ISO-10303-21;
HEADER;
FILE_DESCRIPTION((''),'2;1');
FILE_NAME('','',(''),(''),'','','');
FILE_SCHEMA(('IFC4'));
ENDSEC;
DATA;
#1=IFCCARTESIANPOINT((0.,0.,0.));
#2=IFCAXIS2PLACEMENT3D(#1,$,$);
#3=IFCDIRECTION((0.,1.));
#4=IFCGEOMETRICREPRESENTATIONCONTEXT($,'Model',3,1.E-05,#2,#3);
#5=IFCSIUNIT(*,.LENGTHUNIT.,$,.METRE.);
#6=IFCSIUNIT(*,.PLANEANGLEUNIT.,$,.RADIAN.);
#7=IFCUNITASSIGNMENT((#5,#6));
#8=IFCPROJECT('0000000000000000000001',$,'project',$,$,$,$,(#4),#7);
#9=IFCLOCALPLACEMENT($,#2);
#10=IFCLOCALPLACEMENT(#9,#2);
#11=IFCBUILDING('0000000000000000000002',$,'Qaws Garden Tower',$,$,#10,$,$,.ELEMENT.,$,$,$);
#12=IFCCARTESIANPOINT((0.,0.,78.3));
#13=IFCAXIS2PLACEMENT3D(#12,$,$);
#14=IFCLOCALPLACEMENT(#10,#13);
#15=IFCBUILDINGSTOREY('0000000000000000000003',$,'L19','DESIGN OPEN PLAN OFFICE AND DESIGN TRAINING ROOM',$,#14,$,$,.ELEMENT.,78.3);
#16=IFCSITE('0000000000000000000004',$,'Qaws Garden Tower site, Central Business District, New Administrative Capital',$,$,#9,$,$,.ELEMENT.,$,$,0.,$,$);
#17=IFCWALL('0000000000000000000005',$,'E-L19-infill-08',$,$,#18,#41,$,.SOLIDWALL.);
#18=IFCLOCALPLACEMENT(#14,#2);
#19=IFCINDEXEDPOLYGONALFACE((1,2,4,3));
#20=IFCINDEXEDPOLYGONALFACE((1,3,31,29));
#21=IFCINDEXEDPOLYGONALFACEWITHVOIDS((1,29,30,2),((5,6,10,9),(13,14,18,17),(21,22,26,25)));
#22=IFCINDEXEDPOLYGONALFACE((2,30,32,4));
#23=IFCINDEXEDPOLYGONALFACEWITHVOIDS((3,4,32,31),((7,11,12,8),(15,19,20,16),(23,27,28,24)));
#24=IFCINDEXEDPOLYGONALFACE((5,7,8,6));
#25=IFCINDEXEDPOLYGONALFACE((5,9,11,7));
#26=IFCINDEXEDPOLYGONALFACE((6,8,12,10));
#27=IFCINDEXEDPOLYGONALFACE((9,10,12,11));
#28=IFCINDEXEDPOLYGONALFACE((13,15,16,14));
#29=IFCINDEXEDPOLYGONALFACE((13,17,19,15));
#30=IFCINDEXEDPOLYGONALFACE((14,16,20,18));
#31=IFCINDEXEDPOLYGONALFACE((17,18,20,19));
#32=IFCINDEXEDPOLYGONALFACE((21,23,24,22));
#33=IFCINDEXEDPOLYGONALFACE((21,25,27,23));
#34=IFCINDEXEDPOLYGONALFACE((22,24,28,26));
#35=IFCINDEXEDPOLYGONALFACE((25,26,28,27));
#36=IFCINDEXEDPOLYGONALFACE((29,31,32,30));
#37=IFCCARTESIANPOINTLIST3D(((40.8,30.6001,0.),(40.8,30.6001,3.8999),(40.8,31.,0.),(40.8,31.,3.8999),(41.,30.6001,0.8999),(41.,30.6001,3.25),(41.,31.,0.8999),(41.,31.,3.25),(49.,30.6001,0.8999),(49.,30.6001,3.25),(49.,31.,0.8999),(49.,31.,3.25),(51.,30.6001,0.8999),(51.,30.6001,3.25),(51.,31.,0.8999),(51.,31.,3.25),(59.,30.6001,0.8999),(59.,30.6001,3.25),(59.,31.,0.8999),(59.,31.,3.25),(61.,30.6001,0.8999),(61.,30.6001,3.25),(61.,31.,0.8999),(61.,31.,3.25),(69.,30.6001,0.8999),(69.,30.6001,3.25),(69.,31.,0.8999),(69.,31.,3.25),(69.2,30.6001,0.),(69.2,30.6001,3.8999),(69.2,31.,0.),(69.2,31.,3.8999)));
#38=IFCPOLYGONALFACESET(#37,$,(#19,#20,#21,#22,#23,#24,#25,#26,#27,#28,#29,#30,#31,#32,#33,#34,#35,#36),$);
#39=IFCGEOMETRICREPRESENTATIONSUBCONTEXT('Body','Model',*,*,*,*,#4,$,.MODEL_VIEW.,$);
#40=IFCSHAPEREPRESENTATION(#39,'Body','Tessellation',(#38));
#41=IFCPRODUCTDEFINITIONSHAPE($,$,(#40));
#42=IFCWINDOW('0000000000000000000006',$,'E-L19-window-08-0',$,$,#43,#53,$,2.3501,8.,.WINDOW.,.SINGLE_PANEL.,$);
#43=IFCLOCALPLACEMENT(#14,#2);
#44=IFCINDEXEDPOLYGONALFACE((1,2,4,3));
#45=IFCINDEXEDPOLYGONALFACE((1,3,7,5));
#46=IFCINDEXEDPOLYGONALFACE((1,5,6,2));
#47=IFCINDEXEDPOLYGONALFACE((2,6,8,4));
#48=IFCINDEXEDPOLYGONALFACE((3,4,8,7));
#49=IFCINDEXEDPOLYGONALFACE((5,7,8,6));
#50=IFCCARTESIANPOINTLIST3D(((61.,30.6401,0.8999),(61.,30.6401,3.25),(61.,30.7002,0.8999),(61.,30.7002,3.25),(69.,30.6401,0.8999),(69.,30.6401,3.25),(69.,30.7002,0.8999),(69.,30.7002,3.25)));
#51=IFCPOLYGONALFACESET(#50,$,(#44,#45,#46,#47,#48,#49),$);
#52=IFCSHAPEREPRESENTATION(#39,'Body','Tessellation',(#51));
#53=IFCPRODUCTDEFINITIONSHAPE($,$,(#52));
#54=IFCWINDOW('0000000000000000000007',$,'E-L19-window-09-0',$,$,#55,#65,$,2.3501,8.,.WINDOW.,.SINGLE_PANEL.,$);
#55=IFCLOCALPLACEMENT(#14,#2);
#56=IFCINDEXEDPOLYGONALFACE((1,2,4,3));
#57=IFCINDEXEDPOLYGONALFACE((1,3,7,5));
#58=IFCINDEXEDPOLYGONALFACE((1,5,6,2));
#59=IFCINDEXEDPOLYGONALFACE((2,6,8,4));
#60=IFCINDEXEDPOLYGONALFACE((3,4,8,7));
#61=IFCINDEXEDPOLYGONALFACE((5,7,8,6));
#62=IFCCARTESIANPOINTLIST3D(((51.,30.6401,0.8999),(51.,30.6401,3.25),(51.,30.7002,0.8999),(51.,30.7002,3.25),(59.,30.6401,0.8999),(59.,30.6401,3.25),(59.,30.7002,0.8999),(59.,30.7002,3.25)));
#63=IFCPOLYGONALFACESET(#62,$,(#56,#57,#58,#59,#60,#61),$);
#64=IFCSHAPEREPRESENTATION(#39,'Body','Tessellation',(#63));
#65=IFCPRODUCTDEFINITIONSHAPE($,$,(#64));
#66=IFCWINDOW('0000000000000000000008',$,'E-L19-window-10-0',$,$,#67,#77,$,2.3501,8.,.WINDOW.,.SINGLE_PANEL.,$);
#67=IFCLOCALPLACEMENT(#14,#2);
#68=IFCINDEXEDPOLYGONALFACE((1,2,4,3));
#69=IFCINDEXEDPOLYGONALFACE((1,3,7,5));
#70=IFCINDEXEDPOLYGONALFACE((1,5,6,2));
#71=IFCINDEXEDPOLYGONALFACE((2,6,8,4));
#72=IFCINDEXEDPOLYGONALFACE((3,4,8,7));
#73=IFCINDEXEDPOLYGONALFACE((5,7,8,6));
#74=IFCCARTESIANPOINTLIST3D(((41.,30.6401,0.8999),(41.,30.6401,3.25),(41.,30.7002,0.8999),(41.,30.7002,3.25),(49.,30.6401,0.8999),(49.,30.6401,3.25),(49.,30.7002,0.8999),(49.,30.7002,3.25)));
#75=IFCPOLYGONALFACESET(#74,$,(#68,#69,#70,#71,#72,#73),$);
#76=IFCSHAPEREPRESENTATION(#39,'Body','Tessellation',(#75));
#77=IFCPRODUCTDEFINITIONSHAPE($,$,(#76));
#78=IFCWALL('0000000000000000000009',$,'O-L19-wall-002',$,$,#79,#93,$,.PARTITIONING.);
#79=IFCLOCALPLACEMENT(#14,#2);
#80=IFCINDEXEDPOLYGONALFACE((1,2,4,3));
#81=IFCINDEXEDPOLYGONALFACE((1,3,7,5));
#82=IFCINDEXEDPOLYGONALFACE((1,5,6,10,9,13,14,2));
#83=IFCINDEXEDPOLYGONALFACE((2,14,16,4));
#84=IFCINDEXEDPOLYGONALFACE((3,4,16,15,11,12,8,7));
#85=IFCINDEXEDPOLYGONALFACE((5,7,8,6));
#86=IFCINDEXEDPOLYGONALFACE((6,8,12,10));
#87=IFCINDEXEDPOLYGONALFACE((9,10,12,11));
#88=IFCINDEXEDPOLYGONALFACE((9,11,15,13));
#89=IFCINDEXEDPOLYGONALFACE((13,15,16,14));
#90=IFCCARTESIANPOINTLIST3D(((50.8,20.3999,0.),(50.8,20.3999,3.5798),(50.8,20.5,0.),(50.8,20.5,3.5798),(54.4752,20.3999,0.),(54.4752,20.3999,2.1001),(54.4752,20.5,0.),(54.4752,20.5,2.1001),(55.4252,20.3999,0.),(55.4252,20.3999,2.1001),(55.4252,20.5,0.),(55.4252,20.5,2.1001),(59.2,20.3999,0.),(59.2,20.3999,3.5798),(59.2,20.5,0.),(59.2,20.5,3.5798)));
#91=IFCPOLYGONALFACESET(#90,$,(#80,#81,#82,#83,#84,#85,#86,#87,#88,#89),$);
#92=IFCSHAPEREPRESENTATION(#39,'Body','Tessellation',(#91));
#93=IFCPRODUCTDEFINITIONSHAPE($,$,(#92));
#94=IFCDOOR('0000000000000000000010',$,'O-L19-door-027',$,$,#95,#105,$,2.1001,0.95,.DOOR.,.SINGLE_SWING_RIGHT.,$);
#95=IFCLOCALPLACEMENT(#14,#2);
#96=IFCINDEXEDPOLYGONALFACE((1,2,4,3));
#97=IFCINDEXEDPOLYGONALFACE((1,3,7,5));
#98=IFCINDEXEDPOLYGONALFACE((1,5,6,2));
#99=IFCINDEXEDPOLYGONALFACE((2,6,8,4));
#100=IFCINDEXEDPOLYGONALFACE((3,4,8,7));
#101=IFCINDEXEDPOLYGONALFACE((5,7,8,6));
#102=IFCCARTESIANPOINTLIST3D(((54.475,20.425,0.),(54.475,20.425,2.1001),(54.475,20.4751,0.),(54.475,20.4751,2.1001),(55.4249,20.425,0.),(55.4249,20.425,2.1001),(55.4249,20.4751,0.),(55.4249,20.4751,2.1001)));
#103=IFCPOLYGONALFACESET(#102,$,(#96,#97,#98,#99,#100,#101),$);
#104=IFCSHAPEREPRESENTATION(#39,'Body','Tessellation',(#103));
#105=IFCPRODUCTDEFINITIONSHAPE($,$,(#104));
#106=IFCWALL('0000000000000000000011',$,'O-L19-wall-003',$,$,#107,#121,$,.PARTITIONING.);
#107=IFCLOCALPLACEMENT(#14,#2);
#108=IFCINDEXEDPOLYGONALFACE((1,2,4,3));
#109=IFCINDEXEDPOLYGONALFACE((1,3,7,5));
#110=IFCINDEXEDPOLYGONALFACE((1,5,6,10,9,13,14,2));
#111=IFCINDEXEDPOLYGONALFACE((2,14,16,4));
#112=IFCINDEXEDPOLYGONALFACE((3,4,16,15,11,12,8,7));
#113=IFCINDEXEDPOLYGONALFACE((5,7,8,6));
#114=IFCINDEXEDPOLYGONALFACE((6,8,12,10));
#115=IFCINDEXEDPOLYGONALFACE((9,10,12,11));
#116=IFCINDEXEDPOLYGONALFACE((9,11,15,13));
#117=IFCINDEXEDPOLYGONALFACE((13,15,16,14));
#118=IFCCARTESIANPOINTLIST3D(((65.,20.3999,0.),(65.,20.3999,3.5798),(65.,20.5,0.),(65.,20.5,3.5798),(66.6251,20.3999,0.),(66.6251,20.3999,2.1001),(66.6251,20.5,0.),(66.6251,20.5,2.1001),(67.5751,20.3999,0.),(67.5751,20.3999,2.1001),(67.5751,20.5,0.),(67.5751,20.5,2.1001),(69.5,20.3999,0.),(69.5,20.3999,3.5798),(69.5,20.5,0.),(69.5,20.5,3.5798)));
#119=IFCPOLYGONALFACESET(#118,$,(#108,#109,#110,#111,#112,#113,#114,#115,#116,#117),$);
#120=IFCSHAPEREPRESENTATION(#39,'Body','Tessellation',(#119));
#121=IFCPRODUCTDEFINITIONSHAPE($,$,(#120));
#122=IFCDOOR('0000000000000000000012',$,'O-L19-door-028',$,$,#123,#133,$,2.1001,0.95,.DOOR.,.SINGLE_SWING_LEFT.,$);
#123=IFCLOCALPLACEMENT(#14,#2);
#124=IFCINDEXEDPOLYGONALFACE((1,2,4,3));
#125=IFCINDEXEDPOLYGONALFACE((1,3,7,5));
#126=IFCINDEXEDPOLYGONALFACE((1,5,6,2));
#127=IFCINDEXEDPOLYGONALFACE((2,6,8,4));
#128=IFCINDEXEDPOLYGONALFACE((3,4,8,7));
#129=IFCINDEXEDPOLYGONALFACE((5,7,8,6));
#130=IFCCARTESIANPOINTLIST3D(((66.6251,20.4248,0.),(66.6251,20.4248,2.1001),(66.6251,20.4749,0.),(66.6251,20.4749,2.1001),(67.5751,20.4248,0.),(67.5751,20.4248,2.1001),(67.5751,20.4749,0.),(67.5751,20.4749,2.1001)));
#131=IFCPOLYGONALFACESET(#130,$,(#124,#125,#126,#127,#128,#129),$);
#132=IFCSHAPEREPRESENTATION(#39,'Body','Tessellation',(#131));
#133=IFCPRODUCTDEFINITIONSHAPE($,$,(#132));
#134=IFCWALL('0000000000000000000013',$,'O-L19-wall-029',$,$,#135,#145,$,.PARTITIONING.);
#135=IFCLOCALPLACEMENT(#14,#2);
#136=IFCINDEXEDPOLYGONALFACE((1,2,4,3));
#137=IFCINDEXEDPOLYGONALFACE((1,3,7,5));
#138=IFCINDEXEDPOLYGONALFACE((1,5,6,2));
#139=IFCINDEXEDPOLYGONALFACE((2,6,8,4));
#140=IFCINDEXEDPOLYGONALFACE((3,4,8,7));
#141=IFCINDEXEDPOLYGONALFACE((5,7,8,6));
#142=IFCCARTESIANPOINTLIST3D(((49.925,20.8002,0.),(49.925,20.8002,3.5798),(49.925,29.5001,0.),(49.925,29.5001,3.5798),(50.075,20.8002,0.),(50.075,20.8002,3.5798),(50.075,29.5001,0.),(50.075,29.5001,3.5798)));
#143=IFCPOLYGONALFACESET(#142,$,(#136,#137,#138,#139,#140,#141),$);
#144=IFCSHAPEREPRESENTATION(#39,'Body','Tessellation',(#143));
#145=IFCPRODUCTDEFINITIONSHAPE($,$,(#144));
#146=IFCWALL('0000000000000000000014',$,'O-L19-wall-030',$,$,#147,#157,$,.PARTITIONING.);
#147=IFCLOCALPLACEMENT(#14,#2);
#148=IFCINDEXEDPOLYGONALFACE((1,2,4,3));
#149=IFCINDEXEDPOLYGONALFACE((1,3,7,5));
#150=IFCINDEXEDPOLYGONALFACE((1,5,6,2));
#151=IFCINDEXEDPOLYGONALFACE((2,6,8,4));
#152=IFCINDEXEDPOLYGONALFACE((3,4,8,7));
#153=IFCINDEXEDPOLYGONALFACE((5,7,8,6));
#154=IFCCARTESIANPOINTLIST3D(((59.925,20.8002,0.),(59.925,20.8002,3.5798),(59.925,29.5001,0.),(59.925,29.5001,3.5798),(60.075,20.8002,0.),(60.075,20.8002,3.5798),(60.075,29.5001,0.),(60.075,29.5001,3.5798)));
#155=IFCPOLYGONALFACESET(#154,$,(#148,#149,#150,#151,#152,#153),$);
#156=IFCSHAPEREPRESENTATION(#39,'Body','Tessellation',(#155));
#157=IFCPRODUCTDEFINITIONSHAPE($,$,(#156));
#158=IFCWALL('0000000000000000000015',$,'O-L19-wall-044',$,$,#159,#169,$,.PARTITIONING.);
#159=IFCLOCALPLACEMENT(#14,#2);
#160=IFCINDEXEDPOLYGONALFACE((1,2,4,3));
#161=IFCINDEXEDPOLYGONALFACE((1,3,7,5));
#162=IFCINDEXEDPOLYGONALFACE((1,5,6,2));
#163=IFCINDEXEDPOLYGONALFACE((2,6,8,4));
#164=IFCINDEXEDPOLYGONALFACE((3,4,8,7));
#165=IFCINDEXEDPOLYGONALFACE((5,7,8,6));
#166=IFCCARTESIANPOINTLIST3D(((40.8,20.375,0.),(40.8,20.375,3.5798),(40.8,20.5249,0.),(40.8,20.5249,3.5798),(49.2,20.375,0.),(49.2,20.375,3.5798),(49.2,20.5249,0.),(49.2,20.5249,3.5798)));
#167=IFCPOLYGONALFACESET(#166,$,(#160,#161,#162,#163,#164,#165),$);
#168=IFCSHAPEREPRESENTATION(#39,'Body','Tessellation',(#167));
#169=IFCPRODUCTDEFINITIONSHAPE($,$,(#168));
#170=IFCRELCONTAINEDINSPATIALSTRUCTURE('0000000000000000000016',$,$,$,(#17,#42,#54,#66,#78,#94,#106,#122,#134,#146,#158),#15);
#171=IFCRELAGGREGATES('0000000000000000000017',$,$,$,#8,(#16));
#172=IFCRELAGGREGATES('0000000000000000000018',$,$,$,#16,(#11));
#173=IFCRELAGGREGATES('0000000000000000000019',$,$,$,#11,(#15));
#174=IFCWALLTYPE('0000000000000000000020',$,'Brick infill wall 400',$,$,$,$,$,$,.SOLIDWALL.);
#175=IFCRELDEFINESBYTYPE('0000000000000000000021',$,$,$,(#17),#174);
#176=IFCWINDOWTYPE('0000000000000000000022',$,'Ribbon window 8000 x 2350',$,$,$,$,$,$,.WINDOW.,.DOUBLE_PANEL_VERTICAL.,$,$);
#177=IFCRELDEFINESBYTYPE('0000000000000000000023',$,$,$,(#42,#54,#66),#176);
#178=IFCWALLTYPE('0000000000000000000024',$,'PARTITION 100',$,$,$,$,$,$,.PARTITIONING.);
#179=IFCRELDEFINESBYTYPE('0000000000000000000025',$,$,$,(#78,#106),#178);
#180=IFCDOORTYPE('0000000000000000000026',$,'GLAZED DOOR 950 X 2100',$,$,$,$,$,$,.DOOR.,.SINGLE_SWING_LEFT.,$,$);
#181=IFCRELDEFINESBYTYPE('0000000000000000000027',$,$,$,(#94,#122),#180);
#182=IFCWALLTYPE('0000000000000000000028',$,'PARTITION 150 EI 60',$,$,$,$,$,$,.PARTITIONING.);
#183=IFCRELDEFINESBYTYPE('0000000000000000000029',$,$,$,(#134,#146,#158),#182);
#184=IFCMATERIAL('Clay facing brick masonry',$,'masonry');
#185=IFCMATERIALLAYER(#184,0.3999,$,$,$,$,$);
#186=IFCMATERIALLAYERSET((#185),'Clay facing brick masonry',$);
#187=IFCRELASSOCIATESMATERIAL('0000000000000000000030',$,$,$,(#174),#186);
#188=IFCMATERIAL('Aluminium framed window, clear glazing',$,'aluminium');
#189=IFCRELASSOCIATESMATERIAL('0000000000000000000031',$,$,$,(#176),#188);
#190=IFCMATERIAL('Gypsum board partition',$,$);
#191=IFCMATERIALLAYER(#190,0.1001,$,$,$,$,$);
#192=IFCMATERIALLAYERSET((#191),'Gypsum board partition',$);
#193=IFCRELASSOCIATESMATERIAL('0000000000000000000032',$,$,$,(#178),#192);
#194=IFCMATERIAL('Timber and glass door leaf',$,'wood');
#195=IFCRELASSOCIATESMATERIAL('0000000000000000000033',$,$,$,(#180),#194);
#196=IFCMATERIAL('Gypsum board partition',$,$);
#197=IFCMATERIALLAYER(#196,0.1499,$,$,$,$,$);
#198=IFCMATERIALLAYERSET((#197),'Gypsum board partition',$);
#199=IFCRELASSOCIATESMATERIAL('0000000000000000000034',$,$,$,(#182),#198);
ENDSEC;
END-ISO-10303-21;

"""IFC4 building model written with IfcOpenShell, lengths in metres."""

from ifc_helpers import new_model, si_unit, direction, frame, frame_2d, origin, place, context, subcontext, project, spatial, rectangle, extrude, material, layer, layer_set, type_object, element, fill, save


model = new_model("IFC4")

# Units and contexts
model_context = context("Model", 3, precision=1e-05, world=origin(), true_north=direction((0.0, 1.0)))
body_context = subcontext(model_context, "Body", "Model", "MODEL_VIEW")
ifc_project = project(units=[si_unit("LENGTHUNIT", "METRE"), si_unit("PLANEANGLEUNIT", "RADIAN")], contexts=[model_context])

# Site, building, storey
site_placement = place(None, origin())
site = spatial("IfcSite", under=ifc_project, at=site_placement, Name="Qaws Garden Tower site, Central Business District, New Administrative Capital", CompositionType="ELEMENT", RefElevation=0.0)
building_placement = place(site_placement, origin())
building = spatial("IfcBuilding", under=site, at=building_placement, Name="Qaws Garden Tower", CompositionType="ELEMENT")
storey_placement = place(building_placement, frame((0.0, 0.0, 78.3)))
storey = spatial("IfcBuildingStorey", under=building, at=storey_placement, Name="L19", Description="DESIGN OPEN PLAN OFFICE AND DESIGN TRAINING ROOM", CompositionType="ELEMENT", Elevation=78.3)

# Wall, openings, windows
ifc_material_1 = material(Name="Clay facing brick masonry", Category="masonry")
ifc_layer_1 = layer(ifc_material_1, 0.3999)
ifc_layer_set_1 = layer_set([ifc_layer_1], Name="Clay facing brick masonry")
wall_type_1 = type_object("IfcWallType", Name="Brick infill wall 400", PredefinedType="SOLIDWALL", material=ifc_layer_set_1)
wall_1_placement = place(storey_placement, frame((69.2, 30.8, 0.0), z_axis=(0.0, 0.0, 1.0), x_axis=(-1.0, 0.0, 0.0)))
wall_1 = element("IfcWall", 1, at=wall_1_placement, inside=storey, type_object=wall_type_1, Name="E-L19-infill-08", PredefinedType="SOLIDWALL", context=body_context, shape_type="SweptSolid", body=[
    extrude(rectangle(XDim=28.3999, YDim=0.3999, at=frame_2d((14.2, 0.0))), origin(), (0.0, 0.0, 1.0), 3.8999),
])
opening_1_placement = place(wall_1_placement, frame((0.2, 0.0, 0.8999)))
opening_1 = element("IfcOpeningElement", 2, at=opening_1_placement, cuts=wall_1, PredefinedType="OPENING", context=body_context, shape_type="SweptSolid", body=[
    extrude(rectangle(XDim=8.0, YDim=2.3501, at=frame_2d((4.0, 1.175))), frame((0.0, 0.21, 0.0), z_axis=(0.0, -1.0, 0.0), x_axis=(1.0, 0.0, 0.0)), (0.0, 0.0, 1.0), 0.4199),
])
opening_2_placement = place(wall_1_placement, frame((10.2, 0.0, 0.8999)))
opening_2 = element("IfcOpeningElement", 3, at=opening_2_placement, cuts=wall_1, PredefinedType="OPENING", context=body_context, shape_type="SweptSolid", body=[
    extrude(rectangle(XDim=8.0, YDim=2.3501, at=frame_2d((4.0, 1.175))), frame((0.0, 0.21, 0.0), z_axis=(0.0, -1.0, 0.0), x_axis=(1.0, 0.0, 0.0)), (0.0, 0.0, 1.0), 0.4199),
])
opening_3_placement = place(wall_1_placement, frame((20.2, 0.0, 0.8999)))
opening_3 = element("IfcOpeningElement", 4, at=opening_3_placement, cuts=wall_1, PredefinedType="OPENING", context=body_context, shape_type="SweptSolid", body=[
    extrude(rectangle(XDim=8.0, YDim=2.3501, at=frame_2d((4.0, 1.175))), frame((0.0, 0.21, 0.0), z_axis=(0.0, -1.0, 0.0), x_axis=(1.0, 0.0, 0.0)), (0.0, 0.0, 1.0), 0.4199),
])
ifc_material_2 = material(Name="Aluminium framed window, clear glazing", Category="aluminium")
window_type = type_object("IfcWindowType", Name="Ribbon window 8000 x 2350", PartitioningType="DOUBLE_PANEL_VERTICAL", PredefinedType="WINDOW", material=ifc_material_2)
window_1_placement = place(opening_1_placement, origin())
window_1 = element("IfcWindow", 5, at=window_1_placement, inside=storey, type_object=window_type, Name="E-L19-window-08-0", OverallHeight=2.3501, OverallWidth=8.0, PartitioningType="SINGLE_PANEL", PredefinedType="WINDOW", context=body_context, shape_type="SweptSolid", body=[
    extrude(rectangle(XDim=8.0, YDim=2.3501, at=frame_2d((4.0, 1.175))), frame((0.0, 0.1599, 0.0), z_axis=(0.0, -1.0, 0.0), x_axis=(1.0, 0.0, 0.0)), (0.0, 0.0, 1.0), 0.0601),
])
fill(opening_1, window_1)
window_2_placement = place(opening_2_placement, origin())
window_2 = element("IfcWindow", 6, at=window_2_placement, inside=storey, type_object=window_type, Name="E-L19-window-09-0", OverallHeight=2.3501, OverallWidth=8.0, PartitioningType="SINGLE_PANEL", PredefinedType="WINDOW", context=body_context, shape_type="SweptSolid", body=[
    extrude(rectangle(XDim=8.0, YDim=2.3501, at=frame_2d((4.0, 1.175))), frame((0.0, 0.1599, 0.0), z_axis=(0.0, -1.0, 0.0), x_axis=(1.0, 0.0, 0.0)), (0.0, 0.0, 1.0), 0.0601),
])
fill(opening_2, window_2)
window_3_placement = place(opening_3_placement, origin())
window_3 = element("IfcWindow", 7, at=window_3_placement, inside=storey, type_object=window_type, Name="E-L19-window-10-0", OverallHeight=2.3501, OverallWidth=8.0, PartitioningType="SINGLE_PANEL", PredefinedType="WINDOW", context=body_context, shape_type="SweptSolid", body=[
    extrude(rectangle(XDim=8.0, YDim=2.3501, at=frame_2d((4.0, 1.175))), frame((0.0, 0.1599, 0.0), z_axis=(0.0, -1.0, 0.0), x_axis=(1.0, 0.0, 0.0)), (0.0, 0.0, 1.0), 0.0601),
])
fill(opening_3, window_3)

# Walls, openings, doors
ifc_material_3 = material(Name="Gypsum board partition")
ifc_layer_2 = layer(ifc_material_3, 0.1001)
ifc_layer_set_2 = layer_set([ifc_layer_2], Name="Gypsum board partition")
wall_type_2 = type_object("IfcWallType", Name="PARTITION 100", PredefinedType="PARTITIONING", material=ifc_layer_set_2)
wall_2_placement = place(storey_placement, frame((50.8, 20.45, 0.0), z_axis=(0.0, 0.0, 1.0), x_axis=(1.0, 0.0, 0.0)))
wall_2 = element("IfcWall", 8, at=wall_2_placement, inside=storey, type_object=wall_type_2, Name="O-L19-wall-002", PredefinedType="PARTITIONING", context=body_context, shape_type="SweptSolid", body=[
    extrude(rectangle(XDim=8.3999, YDim=0.1001, at=frame_2d((4.2, 0.0))), origin(), (0.0, 0.0, 1.0), 3.5798),
])
opening_4_placement = place(wall_2_placement, frame((3.675, 0.0, 0.0)))
opening_4 = element("IfcOpeningElement", 9, at=opening_4_placement, cuts=wall_2, PredefinedType="OPENING", context=body_context, shape_type="SweptSolid", body=[
    extrude(rectangle(XDim=0.95, YDim=2.1001, at=frame_2d((0.4751, 1.05))), frame((0.0, 0.0601, 0.0), z_axis=(0.0, -1.0, 0.0), x_axis=(1.0, 0.0, 0.0)), (0.0, 0.0, 1.0), 0.1201),
])
ifc_material_4 = material(Name="Timber and glass door leaf", Category="wood")
door_type = type_object("IfcDoorType", Name="GLAZED DOOR 950 X 2100", OperationType="SINGLE_SWING_LEFT", PredefinedType="DOOR", material=ifc_material_4)
door_1_placement = place(opening_4_placement, frame((0.95, 0.0, 0.0), z_axis=(0.0, 0.0, 1.0), x_axis=(-1.0, 0.0, 0.0)))
door_1 = element("IfcDoor", 10, at=door_1_placement, inside=storey, type_object=door_type, Name="O-L19-door-027", OperationType="SINGLE_SWING_RIGHT", OverallHeight=2.1001, OverallWidth=0.95, PredefinedType="DOOR", context=body_context, shape_type="SweptSolid", body=[
    extrude(rectangle(XDim=0.95, YDim=2.1001, at=frame_2d((0.4751, 1.05))), frame((0.0, 0.0249, 0.0), z_axis=(0.0, -1.0, 0.0), x_axis=(1.0, 0.0, 0.0)), (0.0, 0.0, 1.0), 0.05),
])
fill(opening_4, door_1)
wall_3_placement = place(storey_placement, frame((65.0, 20.45, 0.0), z_axis=(0.0, 0.0, 1.0), x_axis=(1.0, 0.0, 0.0)))
wall_3 = element("IfcWall", 11, at=wall_3_placement, inside=storey, type_object=wall_type_2, Name="O-L19-wall-003", PredefinedType="PARTITIONING", context=body_context, shape_type="SweptSolid", body=[
    extrude(rectangle(XDim=4.5, YDim=0.1001, at=frame_2d((2.25, 0.0))), origin(), (0.0, 0.0, 1.0), 3.5798),
])
opening_5_placement = place(wall_3_placement, frame((1.625, 0.0, 0.0)))
opening_5 = element("IfcOpeningElement", 12, at=opening_5_placement, cuts=wall_3, PredefinedType="OPENING", context=body_context, shape_type="SweptSolid", body=[
    extrude(rectangle(XDim=0.95, YDim=2.1001, at=frame_2d((0.4751, 1.05))), frame((0.0, 0.0601, 0.0), z_axis=(0.0, -1.0, 0.0), x_axis=(1.0, 0.0, 0.0)), (0.0, 0.0, 1.0), 0.1201),
])
door_2_placement = place(opening_5_placement, origin())
door_2 = element("IfcDoor", 13, at=door_2_placement, inside=storey, type_object=door_type, Name="O-L19-door-028", OperationType="SINGLE_SWING_LEFT", OverallHeight=2.1001, OverallWidth=0.95, PredefinedType="DOOR", context=body_context, shape_type="SweptSolid", body=[
    extrude(rectangle(XDim=0.95, YDim=2.1001, at=frame_2d((0.4751, 1.05))), frame((0.0, 0.0249, 0.0), z_axis=(0.0, -1.0, 0.0), x_axis=(1.0, 0.0, 0.0)), (0.0, 0.0, 1.0), 0.05),
])
fill(opening_5, door_2)

# Walls
ifc_material_5 = material(Name="Gypsum board partition")
ifc_layer_3 = layer(ifc_material_5, 0.1499)
ifc_layer_set_3 = layer_set([ifc_layer_3], Name="Gypsum board partition")
wall_type_3 = type_object("IfcWallType", Name="PARTITION 150 EI 60", PredefinedType="PARTITIONING", material=ifc_layer_set_3)
for number, where, z_axis, x_axis, name in (
    (14, (50.0, 20.8, 0.0), (0.0, 0.0, 1.0), (0.0, 1.0, 0.0), "O-L19-wall-029"),
    (15, (60.0, 20.8, 0.0), (0.0, 0.0, 1.0), (0.0, 1.0, 0.0), "O-L19-wall-030"),
):
    element("IfcWall", number, at=place(storey_placement, frame(where, z_axis=z_axis, x_axis=x_axis)), inside=storey, type_object=wall_type_3, Name=name, PredefinedType="PARTITIONING", context=body_context, shape_type="SweptSolid", body=[
        extrude(rectangle(XDim=8.7, YDim=0.1499, at=frame_2d((4.3501, 0.0))), origin(), (0.0, 0.0, 1.0), 3.5798),
    ])
wall_4_placement = place(storey_placement, frame((40.8, 20.45, 0.0), z_axis=(0.0, 0.0, 1.0), x_axis=(1.0, 0.0, 0.0)))
element("IfcWall", 16, at=wall_4_placement, inside=storey, type_object=wall_type_3, Name="O-L19-wall-044", PredefinedType="PARTITIONING", context=body_context, shape_type="SweptSolid", body=[
    extrude(rectangle(XDim=8.3999, YDim=0.1499, at=frame_2d((4.2, 0.0))), origin(), (0.0, 0.0, 1.0), 3.5798),
])

save(model, "model.ifc")
